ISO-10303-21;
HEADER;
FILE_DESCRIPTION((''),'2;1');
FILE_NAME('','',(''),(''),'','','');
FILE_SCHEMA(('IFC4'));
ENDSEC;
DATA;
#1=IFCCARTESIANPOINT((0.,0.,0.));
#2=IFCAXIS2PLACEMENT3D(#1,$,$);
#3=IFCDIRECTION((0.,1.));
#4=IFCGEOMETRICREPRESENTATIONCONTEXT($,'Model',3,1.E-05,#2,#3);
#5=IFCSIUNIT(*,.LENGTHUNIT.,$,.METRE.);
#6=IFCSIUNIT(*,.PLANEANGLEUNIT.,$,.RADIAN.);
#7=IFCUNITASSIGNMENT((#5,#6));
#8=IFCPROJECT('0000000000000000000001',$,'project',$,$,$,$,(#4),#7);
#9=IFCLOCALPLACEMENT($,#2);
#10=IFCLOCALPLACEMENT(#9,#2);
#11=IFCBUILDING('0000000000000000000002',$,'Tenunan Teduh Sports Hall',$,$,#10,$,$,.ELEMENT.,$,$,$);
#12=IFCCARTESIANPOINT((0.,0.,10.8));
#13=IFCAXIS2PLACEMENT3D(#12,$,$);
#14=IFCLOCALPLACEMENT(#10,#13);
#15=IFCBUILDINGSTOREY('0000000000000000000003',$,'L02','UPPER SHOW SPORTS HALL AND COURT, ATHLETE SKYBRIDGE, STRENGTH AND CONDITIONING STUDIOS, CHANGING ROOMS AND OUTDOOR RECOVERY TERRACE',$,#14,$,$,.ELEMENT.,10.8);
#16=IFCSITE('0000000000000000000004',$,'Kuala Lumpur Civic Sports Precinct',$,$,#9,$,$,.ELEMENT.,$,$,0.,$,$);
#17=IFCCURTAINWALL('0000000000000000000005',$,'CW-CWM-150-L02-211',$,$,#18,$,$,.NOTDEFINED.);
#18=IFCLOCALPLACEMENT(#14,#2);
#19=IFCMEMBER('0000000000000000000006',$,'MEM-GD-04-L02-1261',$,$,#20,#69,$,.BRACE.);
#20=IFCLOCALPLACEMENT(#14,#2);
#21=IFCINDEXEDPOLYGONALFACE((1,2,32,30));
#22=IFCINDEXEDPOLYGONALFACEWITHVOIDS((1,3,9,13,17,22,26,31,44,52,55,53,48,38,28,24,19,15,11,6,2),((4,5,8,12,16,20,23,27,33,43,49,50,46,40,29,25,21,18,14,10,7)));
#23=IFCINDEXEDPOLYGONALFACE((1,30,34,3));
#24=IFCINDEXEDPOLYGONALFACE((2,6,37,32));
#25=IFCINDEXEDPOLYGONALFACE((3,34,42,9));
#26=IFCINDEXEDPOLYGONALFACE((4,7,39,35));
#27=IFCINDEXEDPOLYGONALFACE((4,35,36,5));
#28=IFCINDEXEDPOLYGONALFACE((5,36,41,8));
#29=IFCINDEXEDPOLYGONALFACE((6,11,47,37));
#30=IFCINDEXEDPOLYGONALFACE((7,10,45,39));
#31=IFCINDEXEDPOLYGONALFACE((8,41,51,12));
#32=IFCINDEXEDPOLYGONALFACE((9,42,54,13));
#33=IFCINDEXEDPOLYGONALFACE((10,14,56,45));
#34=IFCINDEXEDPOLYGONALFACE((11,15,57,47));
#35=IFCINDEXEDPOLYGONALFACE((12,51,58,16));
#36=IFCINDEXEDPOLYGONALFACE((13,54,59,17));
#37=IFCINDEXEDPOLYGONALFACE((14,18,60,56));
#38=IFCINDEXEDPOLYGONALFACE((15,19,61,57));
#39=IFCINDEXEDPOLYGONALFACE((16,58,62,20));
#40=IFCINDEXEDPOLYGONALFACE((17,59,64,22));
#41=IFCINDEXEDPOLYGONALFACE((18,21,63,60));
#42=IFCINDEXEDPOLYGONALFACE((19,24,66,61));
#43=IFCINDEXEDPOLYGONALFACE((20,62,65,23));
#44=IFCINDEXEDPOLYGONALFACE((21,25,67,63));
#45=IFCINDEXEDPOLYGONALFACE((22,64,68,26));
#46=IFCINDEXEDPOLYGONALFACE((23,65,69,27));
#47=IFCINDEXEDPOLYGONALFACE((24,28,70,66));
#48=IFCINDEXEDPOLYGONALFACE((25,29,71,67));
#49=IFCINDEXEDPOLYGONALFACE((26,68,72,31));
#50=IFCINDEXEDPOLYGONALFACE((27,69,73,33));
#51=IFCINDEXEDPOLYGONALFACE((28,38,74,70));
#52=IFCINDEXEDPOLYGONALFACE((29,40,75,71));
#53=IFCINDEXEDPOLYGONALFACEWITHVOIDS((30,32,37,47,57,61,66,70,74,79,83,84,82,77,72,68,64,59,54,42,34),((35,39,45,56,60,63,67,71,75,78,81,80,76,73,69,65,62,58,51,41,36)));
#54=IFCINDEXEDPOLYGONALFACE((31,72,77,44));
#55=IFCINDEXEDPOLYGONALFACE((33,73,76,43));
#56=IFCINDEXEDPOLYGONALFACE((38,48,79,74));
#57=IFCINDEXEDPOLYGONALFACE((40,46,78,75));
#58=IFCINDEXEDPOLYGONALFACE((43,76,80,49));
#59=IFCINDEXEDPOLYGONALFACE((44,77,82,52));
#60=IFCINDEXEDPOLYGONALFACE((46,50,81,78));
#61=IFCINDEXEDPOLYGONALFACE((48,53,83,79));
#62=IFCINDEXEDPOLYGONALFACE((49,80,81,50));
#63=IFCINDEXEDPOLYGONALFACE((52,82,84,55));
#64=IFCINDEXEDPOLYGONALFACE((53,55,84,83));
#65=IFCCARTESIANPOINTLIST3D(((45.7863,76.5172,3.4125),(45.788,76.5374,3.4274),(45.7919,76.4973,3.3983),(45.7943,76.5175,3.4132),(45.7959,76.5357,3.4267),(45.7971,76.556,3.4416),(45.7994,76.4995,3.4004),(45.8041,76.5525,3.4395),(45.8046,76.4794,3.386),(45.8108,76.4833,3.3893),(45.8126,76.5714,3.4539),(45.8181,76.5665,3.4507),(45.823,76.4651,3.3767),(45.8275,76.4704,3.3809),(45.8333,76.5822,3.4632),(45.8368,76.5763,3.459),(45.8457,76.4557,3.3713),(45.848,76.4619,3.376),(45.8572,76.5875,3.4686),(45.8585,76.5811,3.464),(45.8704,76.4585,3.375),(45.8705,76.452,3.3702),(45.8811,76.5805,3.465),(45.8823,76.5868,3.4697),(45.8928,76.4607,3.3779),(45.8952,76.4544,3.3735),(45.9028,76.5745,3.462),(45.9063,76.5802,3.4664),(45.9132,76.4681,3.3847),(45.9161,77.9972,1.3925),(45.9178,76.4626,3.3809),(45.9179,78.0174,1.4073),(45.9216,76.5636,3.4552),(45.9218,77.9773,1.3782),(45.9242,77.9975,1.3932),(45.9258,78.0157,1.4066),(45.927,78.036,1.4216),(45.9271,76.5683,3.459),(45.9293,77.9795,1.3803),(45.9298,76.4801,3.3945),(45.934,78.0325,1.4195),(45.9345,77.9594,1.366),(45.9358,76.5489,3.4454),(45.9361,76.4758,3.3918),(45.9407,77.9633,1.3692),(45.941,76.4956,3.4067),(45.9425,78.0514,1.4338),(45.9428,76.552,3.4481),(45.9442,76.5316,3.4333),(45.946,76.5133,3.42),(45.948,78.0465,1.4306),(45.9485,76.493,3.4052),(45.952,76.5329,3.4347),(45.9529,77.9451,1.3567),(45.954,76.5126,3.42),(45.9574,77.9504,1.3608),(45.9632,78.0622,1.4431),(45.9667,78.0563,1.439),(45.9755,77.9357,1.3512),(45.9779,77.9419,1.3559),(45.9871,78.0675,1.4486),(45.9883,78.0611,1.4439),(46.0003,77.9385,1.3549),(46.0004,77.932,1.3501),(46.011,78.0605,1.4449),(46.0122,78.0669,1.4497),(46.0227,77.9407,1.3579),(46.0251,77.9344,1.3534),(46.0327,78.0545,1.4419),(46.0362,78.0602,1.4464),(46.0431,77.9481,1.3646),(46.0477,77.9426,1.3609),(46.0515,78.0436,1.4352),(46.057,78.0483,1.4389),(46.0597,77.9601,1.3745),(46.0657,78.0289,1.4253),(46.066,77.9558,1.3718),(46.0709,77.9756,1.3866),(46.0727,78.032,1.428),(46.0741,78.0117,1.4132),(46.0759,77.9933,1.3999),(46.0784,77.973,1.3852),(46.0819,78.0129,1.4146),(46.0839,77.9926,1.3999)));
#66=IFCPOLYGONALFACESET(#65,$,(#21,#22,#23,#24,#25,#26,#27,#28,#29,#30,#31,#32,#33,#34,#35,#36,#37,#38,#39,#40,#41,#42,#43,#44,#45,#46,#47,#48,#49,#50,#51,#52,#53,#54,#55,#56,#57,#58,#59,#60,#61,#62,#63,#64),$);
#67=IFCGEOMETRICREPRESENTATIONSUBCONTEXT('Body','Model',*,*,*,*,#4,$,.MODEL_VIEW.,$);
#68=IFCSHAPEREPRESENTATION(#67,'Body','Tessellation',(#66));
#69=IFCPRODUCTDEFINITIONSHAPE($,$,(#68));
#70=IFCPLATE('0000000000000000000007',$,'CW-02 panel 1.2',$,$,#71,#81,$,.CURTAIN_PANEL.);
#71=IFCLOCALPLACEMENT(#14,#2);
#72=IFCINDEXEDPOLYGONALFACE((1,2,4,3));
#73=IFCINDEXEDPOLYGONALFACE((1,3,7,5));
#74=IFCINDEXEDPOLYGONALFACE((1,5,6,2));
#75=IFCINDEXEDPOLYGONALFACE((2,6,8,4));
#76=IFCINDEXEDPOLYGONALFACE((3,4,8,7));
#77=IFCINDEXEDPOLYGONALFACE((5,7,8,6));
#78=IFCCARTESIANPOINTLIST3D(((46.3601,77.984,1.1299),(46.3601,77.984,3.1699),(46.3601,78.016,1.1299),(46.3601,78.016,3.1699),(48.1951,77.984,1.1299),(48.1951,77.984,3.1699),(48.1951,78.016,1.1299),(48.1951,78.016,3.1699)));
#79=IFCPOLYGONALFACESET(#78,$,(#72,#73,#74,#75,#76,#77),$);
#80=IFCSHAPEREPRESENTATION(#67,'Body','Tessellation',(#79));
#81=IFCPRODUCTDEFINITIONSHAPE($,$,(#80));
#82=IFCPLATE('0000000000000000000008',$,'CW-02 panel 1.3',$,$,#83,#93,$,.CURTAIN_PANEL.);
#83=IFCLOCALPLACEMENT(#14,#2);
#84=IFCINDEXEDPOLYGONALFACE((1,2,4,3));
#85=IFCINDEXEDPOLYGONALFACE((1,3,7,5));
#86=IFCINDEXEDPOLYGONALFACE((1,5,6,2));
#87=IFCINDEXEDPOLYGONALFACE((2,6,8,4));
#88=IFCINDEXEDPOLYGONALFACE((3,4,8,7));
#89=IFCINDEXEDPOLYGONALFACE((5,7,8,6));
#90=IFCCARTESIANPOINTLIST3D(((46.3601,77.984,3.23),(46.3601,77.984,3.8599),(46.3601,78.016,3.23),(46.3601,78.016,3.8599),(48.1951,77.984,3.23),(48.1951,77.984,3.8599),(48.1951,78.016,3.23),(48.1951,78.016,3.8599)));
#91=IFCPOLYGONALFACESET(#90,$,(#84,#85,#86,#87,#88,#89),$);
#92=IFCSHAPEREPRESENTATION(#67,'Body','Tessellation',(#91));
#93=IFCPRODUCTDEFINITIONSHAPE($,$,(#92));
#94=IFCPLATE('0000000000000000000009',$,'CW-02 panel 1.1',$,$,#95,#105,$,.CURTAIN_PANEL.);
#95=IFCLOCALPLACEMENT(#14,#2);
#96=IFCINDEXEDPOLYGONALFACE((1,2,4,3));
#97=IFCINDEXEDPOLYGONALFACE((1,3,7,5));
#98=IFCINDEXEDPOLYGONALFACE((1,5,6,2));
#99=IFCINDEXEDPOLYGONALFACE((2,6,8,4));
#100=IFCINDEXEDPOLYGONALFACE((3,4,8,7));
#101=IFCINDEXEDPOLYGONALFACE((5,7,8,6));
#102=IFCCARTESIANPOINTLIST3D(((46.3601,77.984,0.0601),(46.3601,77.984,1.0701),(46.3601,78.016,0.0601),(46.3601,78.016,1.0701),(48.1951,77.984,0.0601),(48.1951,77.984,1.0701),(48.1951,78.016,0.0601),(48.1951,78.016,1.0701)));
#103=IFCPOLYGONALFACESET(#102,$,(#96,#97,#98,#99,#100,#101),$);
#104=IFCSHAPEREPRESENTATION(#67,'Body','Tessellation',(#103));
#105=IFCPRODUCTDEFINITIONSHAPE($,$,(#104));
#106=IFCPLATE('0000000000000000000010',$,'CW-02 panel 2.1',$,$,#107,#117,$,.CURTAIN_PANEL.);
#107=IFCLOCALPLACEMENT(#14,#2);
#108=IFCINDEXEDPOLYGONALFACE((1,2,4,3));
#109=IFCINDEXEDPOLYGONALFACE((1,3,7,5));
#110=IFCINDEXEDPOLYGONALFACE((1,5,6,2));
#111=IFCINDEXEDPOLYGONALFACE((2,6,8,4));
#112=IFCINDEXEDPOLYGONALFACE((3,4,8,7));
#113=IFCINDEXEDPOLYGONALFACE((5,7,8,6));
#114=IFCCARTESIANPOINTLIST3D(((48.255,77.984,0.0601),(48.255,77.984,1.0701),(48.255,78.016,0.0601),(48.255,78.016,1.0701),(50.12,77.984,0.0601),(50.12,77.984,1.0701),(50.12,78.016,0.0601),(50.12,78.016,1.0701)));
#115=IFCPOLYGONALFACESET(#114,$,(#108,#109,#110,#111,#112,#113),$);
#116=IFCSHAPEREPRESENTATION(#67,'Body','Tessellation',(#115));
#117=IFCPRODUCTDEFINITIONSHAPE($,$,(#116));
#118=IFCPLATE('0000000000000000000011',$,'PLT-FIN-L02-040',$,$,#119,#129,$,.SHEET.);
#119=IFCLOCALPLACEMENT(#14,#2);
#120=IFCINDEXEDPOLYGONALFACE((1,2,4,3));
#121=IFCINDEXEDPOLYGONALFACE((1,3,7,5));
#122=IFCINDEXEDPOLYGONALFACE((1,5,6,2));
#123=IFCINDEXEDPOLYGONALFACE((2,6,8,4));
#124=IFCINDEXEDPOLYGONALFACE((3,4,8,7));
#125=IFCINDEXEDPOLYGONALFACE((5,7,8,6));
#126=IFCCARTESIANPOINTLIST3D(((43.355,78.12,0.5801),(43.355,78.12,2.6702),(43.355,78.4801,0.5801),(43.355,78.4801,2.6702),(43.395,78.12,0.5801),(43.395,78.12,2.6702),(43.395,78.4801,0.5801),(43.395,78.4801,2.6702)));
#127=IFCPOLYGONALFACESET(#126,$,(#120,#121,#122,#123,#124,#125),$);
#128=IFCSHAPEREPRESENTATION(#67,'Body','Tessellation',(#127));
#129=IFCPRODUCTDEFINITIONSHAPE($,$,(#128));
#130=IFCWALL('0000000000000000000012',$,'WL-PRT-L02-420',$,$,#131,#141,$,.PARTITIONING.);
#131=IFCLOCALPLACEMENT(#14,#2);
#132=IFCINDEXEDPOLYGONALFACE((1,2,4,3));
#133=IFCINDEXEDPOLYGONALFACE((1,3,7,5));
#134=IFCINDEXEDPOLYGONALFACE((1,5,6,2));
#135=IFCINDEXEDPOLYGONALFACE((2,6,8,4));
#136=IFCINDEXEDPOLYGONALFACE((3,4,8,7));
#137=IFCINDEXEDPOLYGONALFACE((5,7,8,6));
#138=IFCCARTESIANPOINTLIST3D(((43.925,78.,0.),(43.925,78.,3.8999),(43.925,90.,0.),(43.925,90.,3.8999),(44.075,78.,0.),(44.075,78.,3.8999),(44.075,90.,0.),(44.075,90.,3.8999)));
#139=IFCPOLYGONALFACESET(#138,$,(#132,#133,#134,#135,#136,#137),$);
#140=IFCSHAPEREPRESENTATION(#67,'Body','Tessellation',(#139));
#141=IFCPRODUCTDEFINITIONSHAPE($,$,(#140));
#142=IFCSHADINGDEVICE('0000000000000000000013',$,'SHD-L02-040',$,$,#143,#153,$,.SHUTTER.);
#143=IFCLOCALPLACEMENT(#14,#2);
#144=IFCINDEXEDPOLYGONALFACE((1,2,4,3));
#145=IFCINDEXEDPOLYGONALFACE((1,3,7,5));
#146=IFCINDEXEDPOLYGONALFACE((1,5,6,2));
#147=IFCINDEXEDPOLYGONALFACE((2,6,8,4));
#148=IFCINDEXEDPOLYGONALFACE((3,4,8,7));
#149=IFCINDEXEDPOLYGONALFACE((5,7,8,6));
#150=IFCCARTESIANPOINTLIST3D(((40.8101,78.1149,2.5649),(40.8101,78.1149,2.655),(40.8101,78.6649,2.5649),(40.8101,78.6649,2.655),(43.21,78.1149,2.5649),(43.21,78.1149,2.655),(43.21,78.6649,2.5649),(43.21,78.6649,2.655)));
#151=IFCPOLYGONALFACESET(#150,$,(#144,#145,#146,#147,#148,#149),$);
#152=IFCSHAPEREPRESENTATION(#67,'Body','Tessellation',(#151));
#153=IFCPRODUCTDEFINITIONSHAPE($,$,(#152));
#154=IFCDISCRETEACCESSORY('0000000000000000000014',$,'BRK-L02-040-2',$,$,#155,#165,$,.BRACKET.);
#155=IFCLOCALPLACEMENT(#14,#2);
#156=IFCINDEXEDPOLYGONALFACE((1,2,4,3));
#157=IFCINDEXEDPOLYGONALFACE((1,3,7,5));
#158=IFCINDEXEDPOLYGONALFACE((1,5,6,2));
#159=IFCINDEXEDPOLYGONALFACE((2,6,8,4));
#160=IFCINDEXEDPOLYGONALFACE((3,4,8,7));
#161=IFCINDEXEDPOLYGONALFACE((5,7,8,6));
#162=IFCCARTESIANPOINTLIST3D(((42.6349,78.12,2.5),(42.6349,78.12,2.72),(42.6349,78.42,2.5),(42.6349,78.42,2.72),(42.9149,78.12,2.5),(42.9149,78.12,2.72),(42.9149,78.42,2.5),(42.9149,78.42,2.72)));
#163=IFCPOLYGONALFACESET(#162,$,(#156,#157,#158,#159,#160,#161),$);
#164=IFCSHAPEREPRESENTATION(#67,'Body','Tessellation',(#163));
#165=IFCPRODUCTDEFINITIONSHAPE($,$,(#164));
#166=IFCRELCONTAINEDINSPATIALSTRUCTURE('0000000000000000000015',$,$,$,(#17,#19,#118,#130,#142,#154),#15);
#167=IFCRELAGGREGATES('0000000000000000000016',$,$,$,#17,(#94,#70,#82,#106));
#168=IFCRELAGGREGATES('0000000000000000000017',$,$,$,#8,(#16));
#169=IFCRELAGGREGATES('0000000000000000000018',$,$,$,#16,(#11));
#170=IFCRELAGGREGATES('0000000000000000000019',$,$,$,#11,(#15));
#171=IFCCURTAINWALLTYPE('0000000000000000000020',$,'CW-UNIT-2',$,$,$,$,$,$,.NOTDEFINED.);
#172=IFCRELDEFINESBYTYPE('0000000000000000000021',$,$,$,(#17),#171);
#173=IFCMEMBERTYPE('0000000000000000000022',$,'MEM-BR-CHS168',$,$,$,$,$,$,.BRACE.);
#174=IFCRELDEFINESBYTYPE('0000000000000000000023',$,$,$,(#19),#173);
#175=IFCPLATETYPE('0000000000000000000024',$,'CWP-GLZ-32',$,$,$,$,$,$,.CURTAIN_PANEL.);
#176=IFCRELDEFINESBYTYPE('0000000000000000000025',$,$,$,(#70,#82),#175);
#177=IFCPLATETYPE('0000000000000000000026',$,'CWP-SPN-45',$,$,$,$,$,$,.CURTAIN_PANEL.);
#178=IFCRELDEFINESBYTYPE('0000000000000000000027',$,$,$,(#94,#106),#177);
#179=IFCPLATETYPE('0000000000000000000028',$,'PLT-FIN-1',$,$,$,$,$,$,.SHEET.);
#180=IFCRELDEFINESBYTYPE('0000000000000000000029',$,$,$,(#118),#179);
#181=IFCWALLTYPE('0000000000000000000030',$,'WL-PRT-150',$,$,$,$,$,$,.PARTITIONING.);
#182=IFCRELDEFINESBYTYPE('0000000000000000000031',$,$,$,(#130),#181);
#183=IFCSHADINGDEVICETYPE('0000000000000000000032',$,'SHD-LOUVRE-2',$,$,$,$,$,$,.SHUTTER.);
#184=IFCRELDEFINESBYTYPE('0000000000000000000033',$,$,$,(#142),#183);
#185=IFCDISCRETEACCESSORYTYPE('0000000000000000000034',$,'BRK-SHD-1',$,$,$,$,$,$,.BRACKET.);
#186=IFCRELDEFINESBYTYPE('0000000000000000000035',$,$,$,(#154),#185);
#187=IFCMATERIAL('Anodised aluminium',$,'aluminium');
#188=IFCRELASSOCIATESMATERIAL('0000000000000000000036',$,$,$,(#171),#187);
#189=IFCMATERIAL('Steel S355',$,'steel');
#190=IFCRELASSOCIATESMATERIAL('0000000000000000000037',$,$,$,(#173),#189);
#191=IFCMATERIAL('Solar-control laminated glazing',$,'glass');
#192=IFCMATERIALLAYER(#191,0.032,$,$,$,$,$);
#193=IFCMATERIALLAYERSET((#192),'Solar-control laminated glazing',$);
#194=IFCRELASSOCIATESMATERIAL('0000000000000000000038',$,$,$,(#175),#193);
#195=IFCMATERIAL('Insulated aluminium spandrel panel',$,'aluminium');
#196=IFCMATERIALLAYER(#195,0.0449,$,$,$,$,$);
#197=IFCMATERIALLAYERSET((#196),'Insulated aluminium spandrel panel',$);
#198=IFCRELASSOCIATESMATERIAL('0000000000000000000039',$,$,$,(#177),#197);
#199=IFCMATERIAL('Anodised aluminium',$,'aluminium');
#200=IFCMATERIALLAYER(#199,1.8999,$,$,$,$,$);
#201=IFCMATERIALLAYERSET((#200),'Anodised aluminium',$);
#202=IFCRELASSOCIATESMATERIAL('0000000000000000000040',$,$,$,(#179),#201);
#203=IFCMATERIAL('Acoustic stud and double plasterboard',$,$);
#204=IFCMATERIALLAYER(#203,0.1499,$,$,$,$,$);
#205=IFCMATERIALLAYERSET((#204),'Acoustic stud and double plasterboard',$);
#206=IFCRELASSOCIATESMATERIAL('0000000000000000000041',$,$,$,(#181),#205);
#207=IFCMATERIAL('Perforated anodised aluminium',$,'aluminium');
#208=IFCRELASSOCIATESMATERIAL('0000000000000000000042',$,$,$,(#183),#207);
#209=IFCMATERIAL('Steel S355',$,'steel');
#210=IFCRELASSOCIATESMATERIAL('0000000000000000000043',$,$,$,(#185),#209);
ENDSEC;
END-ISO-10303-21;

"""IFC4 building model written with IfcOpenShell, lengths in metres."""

from ifc_helpers import new_model, si_unit, direction, frame, frame_2d, origin, origin_2d, place, context, subcontext, project, spatial, rectangle, hollow_circle, extrude, material, layer, layer_set, material_profile, profile_set, type_object, element, aggregate, save


model = new_model("IFC4")

# Units and contexts
model_context = context("Model", 3, precision=1e-05, world=origin(), true_north=direction((0.0, 1.0)))
body_context = subcontext(model_context, "Body", "Model", "MODEL_VIEW")
ifc_project = project(units=[si_unit("LENGTHUNIT", "METRE"), si_unit("PLANEANGLEUNIT", "RADIAN")], contexts=[model_context])

# Site, building, storey
site_placement = place(None, origin())
site = spatial("IfcSite", under=ifc_project, at=site_placement, Name="Kuala Lumpur Civic Sports Precinct", CompositionType="ELEMENT", RefElevation=0.0)
building_placement = place(site_placement, origin())
building = spatial("IfcBuilding", under=site, at=building_placement, Name="Tenunan Teduh Sports Hall", CompositionType="ELEMENT")
storey_placement = place(building_placement, frame((0.0, 0.0, 10.8)))
storey = spatial("IfcBuildingStorey", under=building, at=storey_placement, Name="L02", Description="UPPER SHOW SPORTS HALL AND COURT, ATHLETE SKYBRIDGE, STRENGTH AND CONDITIONING STUDIOS, CHANGING ROOMS AND OUTDOOR RECOVERY TERRACE", CompositionType="ELEMENT", Elevation=10.8)

# Curtain wall
ifc_material_1 = material(Name="Anodised aluminium", Category="aluminium")
curtain_wall_type = type_object("IfcCurtainWallType", Name="CW-UNIT-2", PredefinedType="NOTDEFINED", material=ifc_material_1)
curtain_wall_placement = place(storey_placement, origin())
curtain_wall = element("IfcCurtainWall", 1, at=curtain_wall_placement, inside=storey, type_object=curtain_wall_type, Name="CW-CWM-150-L02-211", PredefinedType="NOTDEFINED")

# Member
ifc_material_2 = material(Name="Steel S355", Category="steel")
ifc_material_profile_1 = material_profile(ifc_material_2, hollow_circle(Radius=0.0842, WallThickness=0.0081, at=origin_2d()), Name="CHS 168.3x8.0")
ifc_profile_set_1 = profile_set([ifc_material_profile_1], Name="Steel S355")
member_type_1 = type_object("IfcMemberType", Name="MEM-BR-CHS168", PredefinedType="BRACE", material=ifc_profile_set_1)
member_1_placement = place(storey_placement, frame((46.0, 78.0, 1.3999), z_axis=(-0.051797, -0.590215, 0.805582), x_axis=(0.996171, -0.087424, 0.0)))
element("IfcMember", 2, at=member_1_placement, inside=storey, type_object=member_type_1, Name="MEM-GD-04-L02-1261", PredefinedType="BRACE", context=body_context, shape_type="SweptSolid", body=[
    extrude(hollow_circle(Radius=0.0842, WallThickness=0.0081, at=origin_2d()), origin(), (0.0, 0.0, 1.0), 2.5076),
])

# Plates
ifc_material_3 = material(Name="Solar-control laminated glazing", Category="glass")
ifc_layer_1 = layer(ifc_material_3, 0.032)
ifc_layer_set_1 = layer_set([ifc_layer_1], Name="Solar-control laminated glazing")
plate_type_1 = type_object("IfcPlateType", Name="CWP-GLZ-32", PredefinedType="CURTAIN_PANEL", material=ifc_layer_set_1)
plate_1_placement = place(storey_placement, frame((47.2776, 78.0, 1.1299), z_axis=(0.0, 0.0, 1.0), x_axis=(1.0, 0.0, 0.0)))
plate_1 = element("IfcPlate", 3, at=plate_1_placement, type_object=plate_type_1, Name="CW-02 panel 1.2", PredefinedType="CURTAIN_PANEL", context=body_context, shape_type="SweptSolid", body=[
    extrude(rectangle(XDim=1.835, YDim=0.032, at=origin_2d()), origin(), (0.0, 0.0, 1.0), 2.04),
])
plate_2_placement = place(storey_placement, frame((47.2776, 78.0, 3.23), z_axis=(0.0, 0.0, 1.0), x_axis=(1.0, 0.0, 0.0)))
plate_2 = element("IfcPlate", 4, at=plate_2_placement, type_object=plate_type_1, Name="CW-02 panel 1.3", PredefinedType="CURTAIN_PANEL", context=body_context, shape_type="SweptSolid", body=[
    extrude(rectangle(XDim=1.835, YDim=0.032, at=origin_2d()), origin(), (0.0, 0.0, 1.0), 0.6299),
])
ifc_material_4 = material(Name="Insulated aluminium spandrel panel", Category="aluminium")
ifc_layer_2 = layer(ifc_material_4, 0.0449)
ifc_layer_set_2 = layer_set([ifc_layer_2], Name="Insulated aluminium spandrel panel")
plate_type_2 = type_object("IfcPlateType", Name="CWP-SPN-45", PredefinedType="CURTAIN_PANEL", material=ifc_layer_set_2)
plate_3_placement = place(storey_placement, frame((47.2776, 78.0, 0.0601), z_axis=(0.0, 0.0, 1.0), x_axis=(1.0, 0.0, 0.0)))
plate_3 = element("IfcPlate", 5, at=plate_3_placement, type_object=plate_type_2, Name="CW-02 panel 1.1", PredefinedType="CURTAIN_PANEL", context=body_context, shape_type="SweptSolid", body=[
    extrude(rectangle(XDim=1.835, YDim=0.032, at=origin_2d()), origin(), (0.0, 0.0, 1.0), 1.01),
])
plate_4_placement = place(storey_placement, frame((49.1875, 78.0, 0.0601), z_axis=(0.0, 0.0, 1.0), x_axis=(1.0, 0.0, 0.0)))
plate_4 = element("IfcPlate", 6, at=plate_4_placement, type_object=plate_type_2, Name="CW-02 panel 2.1", PredefinedType="CURTAIN_PANEL", context=body_context, shape_type="SweptSolid", body=[
    extrude(rectangle(XDim=1.865, YDim=0.032, at=origin_2d()), origin(), (0.0, 0.0, 1.0), 1.01),
])
aggregate(curtain_wall, [plate_3, plate_1, plate_2, plate_4])
ifc_material_5 = material(Name="Anodised aluminium", Category="aluminium")
ifc_layer_3 = layer(ifc_material_5, 1.8999)
ifc_layer_set_3 = layer_set([ifc_layer_3], Name="Anodised aluminium")
plate_type_3 = type_object("IfcPlateType", Name="PLT-FIN-1", PredefinedType="SHEET", material=ifc_layer_set_3)
plate_5_placement = place(storey_placement, frame((43.375, 78.3, 0.5801), z_axis=(0.0, 0.0, 1.0), x_axis=(1.0, 0.0, 0.0)))
element("IfcPlate", 7, at=plate_5_placement, inside=storey, type_object=plate_type_3, Name="PLT-FIN-L02-040", PredefinedType="SHEET", context=body_context, shape_type="SweptSolid", body=[
    extrude(rectangle(XDim=0.04, YDim=0.3601, at=origin_2d()), origin(), (0.0, 0.0, 1.0), 2.0901),
])

# Wall
ifc_material_6 = material(Name="Acoustic stud and double plasterboard")
ifc_layer_4 = layer(ifc_material_6, 0.1499)
ifc_layer_set_4 = layer_set([ifc_layer_4], Name="Acoustic stud and double plasterboard")
wall_type = type_object("IfcWallType", Name="WL-PRT-150", PredefinedType="PARTITIONING", material=ifc_layer_set_4)
wall_placement = place(storey_placement, frame((44.0, 78.0, 0.0), z_axis=(0.0, 0.0, 1.0), x_axis=(0.0, 1.0, 0.0)))
element("IfcWall", 8, at=wall_placement, inside=storey, type_object=wall_type, Name="WL-PRT-L02-420", PredefinedType="PARTITIONING", context=body_context, shape_type="SweptSolid", body=[
    extrude(rectangle(XDim=12.0, YDim=0.1499, at=frame_2d((6.0, 0.0))), origin(), (0.0, 0.0, 1.0), 3.8999),
])

# Shading device
ifc_material_7 = material(Name="Perforated anodised aluminium", Category="aluminium")
shading_device_type = type_object("IfcShadingDeviceType", Name="SHD-LOUVRE-2", PredefinedType="SHUTTER", material=ifc_material_7)
shading_device_placement = place(storey_placement, frame((42.01, 78.3899, 2.5649), z_axis=(0.0, 0.0, 1.0), x_axis=(1.0, 0.0, 0.0)))
element("IfcShadingDevice", 9, at=shading_device_placement, inside=storey, type_object=shading_device_type, Name="SHD-L02-040", PredefinedType="SHUTTER", context=body_context, shape_type="SweptSolid", body=[
    extrude(rectangle(XDim=2.3999, YDim=0.55, at=origin_2d()), origin(), (0.0, 0.0, 1.0), 0.0901),
])

# Discrete accessory
ifc_material_8 = material(Name="Steel S355", Category="steel")
discrete_accessory_type = type_object("IfcDiscreteAccessoryType", Name="BRK-SHD-1", PredefinedType="BRACKET", material=ifc_material_8)
discrete_accessory_placement = place(storey_placement, frame((42.7749, 78.27, 2.5), z_axis=(0.0, 0.0, 1.0), x_axis=(1.0, 0.0, 0.0)))
element("IfcDiscreteAccessory", 10, at=discrete_accessory_placement, inside=storey, type_object=discrete_accessory_type, Name="BRK-L02-040-2", PredefinedType="BRACKET", context=body_context, shape_type="SweptSolid", body=[
    extrude(rectangle(XDim=0.28, YDim=0.3, at=origin_2d()), origin(), (0.0, 0.0, 1.0), 0.22),
])

save(model, "model.ifc")
